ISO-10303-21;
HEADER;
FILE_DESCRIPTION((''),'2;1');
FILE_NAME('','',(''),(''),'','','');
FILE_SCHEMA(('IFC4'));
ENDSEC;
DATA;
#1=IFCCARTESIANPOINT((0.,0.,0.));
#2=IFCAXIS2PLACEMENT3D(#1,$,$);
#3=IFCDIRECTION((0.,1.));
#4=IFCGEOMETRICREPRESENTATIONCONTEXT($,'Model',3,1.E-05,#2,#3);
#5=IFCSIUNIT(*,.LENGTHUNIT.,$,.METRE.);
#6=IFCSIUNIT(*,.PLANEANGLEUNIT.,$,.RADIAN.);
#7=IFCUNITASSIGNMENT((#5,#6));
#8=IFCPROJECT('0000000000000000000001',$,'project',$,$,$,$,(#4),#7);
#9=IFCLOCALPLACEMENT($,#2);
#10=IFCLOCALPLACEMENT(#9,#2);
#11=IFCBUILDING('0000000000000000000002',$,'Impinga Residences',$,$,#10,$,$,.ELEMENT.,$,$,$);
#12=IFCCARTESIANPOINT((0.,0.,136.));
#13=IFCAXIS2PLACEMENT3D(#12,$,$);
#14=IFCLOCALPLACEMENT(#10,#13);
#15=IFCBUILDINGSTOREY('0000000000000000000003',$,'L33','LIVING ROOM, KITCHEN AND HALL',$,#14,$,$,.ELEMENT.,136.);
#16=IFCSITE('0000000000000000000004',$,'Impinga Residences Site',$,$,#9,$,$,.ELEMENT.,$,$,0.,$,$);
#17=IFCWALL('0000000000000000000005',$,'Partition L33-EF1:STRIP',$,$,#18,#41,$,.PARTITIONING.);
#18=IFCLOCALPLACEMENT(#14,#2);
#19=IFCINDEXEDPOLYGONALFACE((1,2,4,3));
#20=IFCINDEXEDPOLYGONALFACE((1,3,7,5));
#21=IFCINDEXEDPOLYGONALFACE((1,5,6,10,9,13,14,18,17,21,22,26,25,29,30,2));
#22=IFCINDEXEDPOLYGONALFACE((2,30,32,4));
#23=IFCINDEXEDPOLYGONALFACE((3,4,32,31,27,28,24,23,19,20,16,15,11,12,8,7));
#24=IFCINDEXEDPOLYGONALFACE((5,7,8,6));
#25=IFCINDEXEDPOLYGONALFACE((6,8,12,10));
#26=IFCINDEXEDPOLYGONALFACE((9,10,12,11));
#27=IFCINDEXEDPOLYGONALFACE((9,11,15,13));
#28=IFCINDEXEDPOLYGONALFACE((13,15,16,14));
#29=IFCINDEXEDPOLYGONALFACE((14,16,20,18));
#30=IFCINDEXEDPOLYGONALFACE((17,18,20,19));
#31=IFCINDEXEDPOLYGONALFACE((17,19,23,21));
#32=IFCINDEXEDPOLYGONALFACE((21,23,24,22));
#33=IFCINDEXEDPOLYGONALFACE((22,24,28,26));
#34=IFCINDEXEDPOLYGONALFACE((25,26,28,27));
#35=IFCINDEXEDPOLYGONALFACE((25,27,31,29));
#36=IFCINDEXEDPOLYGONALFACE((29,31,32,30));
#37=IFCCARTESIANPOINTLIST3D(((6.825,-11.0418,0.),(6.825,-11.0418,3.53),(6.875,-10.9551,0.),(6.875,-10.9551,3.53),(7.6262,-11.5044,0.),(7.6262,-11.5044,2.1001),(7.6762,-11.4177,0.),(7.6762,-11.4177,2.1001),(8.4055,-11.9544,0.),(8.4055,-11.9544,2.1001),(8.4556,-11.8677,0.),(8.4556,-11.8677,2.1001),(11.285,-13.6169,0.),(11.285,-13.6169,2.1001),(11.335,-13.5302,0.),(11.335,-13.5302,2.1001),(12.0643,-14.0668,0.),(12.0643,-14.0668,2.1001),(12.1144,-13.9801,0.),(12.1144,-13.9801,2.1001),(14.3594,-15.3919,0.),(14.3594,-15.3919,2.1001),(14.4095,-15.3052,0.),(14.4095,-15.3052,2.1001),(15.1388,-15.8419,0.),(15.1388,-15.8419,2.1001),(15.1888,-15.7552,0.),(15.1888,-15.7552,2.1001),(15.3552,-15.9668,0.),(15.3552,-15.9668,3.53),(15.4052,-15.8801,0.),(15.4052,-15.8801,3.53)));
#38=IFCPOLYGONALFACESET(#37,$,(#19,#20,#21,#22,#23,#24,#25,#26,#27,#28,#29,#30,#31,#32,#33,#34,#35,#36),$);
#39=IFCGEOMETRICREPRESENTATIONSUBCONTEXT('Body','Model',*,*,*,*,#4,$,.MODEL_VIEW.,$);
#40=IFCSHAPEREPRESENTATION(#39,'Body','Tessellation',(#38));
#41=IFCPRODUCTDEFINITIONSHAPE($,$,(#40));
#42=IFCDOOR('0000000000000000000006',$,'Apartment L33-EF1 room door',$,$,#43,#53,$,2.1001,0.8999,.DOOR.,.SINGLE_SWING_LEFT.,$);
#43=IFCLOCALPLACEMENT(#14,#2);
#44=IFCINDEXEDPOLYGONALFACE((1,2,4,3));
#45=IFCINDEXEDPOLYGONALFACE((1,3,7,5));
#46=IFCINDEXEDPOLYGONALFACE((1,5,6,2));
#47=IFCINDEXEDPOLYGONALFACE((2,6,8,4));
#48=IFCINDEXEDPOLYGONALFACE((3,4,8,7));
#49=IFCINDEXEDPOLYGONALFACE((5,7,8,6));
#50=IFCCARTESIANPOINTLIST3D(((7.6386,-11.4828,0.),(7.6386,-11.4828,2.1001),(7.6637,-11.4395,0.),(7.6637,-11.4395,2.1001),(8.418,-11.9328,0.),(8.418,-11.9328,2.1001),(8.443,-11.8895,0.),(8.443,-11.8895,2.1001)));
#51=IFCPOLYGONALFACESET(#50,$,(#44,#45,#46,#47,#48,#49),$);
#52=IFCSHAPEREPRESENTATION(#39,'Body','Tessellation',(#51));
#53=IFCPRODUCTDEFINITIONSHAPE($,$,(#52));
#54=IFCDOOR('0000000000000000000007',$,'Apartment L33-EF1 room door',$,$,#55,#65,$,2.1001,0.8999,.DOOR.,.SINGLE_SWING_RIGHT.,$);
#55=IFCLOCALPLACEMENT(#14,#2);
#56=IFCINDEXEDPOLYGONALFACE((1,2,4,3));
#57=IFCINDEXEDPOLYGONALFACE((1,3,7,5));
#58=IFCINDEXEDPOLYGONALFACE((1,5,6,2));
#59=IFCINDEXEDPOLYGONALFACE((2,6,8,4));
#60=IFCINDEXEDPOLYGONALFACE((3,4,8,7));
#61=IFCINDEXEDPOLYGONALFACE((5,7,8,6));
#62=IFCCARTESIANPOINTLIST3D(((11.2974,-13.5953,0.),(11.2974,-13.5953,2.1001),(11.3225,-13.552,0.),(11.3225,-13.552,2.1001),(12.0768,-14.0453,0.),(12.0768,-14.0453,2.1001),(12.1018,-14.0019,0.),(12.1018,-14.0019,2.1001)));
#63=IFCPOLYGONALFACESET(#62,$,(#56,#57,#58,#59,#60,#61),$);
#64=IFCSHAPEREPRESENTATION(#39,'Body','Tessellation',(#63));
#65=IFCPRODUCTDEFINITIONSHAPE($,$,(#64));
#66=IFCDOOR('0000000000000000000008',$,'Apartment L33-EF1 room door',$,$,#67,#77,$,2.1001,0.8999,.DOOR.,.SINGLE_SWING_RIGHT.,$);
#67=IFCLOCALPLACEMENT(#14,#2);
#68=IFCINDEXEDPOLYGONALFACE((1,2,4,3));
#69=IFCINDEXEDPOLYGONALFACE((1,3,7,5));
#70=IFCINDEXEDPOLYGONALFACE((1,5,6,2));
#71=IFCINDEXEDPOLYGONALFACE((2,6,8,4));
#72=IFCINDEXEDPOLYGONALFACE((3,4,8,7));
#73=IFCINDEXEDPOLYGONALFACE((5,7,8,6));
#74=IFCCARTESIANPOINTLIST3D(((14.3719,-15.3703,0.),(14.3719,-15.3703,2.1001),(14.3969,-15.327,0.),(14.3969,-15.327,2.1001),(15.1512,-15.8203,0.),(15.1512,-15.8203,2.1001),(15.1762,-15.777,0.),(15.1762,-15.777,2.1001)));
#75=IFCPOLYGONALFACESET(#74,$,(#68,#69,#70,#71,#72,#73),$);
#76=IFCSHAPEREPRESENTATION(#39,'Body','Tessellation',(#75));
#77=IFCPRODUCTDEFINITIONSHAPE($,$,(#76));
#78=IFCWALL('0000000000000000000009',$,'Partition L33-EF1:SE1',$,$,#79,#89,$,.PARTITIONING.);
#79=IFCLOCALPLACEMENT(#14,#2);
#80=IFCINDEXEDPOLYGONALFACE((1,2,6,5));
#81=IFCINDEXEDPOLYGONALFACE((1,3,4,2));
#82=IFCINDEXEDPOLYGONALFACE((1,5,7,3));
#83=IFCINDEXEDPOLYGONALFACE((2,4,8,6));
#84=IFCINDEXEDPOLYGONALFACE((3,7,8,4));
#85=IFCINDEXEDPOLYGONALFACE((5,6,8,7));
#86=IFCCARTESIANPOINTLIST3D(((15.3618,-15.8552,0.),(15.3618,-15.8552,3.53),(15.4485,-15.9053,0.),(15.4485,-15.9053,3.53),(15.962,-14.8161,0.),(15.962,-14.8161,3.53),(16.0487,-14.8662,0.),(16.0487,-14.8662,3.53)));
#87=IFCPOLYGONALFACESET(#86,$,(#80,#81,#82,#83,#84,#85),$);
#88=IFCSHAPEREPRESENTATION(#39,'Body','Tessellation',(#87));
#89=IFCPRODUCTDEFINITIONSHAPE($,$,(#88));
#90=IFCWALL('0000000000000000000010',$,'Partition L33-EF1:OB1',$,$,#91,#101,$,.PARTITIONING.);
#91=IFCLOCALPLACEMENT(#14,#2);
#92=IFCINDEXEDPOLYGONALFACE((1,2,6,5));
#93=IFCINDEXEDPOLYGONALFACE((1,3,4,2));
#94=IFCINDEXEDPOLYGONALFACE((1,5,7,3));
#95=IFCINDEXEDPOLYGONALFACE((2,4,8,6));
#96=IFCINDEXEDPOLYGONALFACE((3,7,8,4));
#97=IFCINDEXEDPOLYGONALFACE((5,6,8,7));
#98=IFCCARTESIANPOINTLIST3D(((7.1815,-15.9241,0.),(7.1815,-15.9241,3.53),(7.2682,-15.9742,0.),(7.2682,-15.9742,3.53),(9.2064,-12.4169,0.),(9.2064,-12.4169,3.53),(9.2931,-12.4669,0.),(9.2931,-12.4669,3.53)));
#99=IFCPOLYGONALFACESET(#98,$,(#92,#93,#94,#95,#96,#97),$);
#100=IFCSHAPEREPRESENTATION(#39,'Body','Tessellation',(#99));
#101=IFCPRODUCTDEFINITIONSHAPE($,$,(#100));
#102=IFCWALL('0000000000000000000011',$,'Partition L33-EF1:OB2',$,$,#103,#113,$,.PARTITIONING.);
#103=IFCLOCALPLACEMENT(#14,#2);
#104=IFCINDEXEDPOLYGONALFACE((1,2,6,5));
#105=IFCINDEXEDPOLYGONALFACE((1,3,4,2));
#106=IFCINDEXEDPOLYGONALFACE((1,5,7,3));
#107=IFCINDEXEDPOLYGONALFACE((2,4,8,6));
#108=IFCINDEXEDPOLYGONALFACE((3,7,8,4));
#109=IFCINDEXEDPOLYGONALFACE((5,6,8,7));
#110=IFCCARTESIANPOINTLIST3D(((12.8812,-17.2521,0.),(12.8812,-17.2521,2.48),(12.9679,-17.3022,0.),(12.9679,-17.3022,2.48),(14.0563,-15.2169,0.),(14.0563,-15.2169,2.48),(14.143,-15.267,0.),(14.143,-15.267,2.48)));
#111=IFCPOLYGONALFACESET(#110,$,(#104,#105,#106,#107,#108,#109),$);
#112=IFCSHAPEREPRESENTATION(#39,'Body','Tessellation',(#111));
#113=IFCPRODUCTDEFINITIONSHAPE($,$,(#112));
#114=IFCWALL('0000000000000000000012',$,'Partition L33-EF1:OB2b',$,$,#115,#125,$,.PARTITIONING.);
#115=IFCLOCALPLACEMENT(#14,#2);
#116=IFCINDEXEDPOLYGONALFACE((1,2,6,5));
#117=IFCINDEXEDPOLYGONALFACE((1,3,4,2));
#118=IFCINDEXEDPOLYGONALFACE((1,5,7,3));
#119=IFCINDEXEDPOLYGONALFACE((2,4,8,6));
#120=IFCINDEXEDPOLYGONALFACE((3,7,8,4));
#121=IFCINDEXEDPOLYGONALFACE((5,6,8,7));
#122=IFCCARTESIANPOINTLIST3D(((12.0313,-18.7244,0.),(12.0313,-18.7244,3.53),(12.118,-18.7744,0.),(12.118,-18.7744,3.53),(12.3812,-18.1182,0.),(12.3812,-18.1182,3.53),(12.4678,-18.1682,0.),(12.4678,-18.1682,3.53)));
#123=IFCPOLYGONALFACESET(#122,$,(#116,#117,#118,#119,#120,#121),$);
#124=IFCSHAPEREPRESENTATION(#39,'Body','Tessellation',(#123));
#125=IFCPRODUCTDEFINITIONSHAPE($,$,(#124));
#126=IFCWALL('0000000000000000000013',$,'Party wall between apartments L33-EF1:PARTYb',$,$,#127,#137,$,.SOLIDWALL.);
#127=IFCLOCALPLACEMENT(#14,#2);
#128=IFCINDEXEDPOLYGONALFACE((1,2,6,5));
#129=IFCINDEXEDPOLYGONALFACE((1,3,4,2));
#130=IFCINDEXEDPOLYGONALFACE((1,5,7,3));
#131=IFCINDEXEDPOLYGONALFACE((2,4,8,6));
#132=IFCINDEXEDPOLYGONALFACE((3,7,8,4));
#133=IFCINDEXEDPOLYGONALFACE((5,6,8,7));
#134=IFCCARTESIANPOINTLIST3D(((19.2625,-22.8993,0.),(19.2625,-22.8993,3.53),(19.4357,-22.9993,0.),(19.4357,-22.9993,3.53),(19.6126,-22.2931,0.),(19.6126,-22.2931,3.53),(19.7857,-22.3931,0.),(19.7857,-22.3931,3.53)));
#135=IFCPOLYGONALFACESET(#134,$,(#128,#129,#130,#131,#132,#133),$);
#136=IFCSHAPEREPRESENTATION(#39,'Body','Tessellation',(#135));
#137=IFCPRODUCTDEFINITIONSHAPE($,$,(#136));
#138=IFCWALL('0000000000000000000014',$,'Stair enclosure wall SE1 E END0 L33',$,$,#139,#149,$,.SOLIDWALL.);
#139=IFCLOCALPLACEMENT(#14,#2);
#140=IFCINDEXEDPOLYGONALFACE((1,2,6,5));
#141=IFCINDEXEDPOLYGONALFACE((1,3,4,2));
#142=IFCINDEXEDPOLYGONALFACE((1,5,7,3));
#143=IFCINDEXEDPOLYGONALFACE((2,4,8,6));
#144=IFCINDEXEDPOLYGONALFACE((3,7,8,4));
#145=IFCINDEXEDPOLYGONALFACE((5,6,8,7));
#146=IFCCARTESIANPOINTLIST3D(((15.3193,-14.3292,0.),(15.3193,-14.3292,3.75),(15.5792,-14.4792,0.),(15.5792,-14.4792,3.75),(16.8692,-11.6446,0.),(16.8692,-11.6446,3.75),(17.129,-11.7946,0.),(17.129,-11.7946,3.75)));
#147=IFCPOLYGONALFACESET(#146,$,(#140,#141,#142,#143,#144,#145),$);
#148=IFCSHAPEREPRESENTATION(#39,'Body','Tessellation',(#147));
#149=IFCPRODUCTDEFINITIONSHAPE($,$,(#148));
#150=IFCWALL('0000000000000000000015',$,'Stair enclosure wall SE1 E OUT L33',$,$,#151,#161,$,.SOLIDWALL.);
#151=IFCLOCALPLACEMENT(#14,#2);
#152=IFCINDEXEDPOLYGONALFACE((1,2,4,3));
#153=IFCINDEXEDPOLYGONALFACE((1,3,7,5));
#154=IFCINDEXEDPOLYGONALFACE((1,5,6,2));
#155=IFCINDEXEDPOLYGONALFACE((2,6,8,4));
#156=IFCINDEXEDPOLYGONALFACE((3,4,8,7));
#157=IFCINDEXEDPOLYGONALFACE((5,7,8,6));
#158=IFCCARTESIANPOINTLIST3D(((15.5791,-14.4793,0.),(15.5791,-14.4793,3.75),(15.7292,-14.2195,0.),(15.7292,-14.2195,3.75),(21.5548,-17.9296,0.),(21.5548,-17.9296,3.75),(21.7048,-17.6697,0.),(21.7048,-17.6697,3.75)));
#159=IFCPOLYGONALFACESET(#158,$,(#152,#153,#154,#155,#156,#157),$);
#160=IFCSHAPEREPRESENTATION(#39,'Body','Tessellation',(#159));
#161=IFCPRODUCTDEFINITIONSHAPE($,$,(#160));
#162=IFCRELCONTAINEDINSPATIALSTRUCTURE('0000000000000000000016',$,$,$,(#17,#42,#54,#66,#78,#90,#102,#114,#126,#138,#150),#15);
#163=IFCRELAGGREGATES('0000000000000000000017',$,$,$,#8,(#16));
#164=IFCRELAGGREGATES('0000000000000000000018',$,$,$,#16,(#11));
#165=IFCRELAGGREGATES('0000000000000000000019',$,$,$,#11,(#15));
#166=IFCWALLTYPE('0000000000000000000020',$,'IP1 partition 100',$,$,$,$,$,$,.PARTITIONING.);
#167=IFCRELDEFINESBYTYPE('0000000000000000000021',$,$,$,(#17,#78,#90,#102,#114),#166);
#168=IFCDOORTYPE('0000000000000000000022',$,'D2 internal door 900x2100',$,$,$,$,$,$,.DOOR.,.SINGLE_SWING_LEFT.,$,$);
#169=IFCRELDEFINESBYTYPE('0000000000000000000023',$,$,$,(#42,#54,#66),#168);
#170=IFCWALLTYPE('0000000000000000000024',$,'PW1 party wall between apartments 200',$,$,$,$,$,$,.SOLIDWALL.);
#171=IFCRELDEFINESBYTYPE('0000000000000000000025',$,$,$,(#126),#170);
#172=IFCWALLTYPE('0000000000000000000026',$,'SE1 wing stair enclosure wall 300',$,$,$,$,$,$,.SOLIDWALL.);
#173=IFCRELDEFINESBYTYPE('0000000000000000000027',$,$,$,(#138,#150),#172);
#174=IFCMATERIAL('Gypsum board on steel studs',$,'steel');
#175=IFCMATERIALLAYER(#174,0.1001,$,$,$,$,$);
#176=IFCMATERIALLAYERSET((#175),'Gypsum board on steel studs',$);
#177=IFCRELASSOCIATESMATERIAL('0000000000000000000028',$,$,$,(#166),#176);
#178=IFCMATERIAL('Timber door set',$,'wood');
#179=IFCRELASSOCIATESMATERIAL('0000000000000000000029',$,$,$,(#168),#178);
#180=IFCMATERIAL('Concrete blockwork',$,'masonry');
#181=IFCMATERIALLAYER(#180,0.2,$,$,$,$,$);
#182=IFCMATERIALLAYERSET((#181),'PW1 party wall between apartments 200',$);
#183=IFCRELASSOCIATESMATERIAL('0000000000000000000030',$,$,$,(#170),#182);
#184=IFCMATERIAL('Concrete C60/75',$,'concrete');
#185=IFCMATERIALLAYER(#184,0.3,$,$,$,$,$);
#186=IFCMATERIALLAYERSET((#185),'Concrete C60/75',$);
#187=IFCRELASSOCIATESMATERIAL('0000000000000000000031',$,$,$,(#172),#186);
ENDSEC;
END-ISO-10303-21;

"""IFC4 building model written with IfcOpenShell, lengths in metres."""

from ifc_helpers import new_model, si_unit, direction, frame, frame_2d, origin, place, context, subcontext, project, spatial, rectangle, extrude, material, layer, layer_set, type_object, element, fill, save


model = new_model("IFC4")

# Units and contexts
model_context = context("Model", 3, precision=1e-05, world=origin(), true_north=direction((0.0, 1.0)))
body_context = subcontext(model_context, "Body", "Model", "MODEL_VIEW")
ifc_project = project(units=[si_unit("LENGTHUNIT", "METRE"), si_unit("PLANEANGLEUNIT", "RADIAN")], contexts=[model_context])

# Site, building, storey
site_placement = place(None, origin())
site = spatial("IfcSite", under=ifc_project, at=site_placement, Name="Impinga Residences Site", CompositionType="ELEMENT", RefElevation=0.0)
building_placement = place(site_placement, origin())
building = spatial("IfcBuilding", under=site, at=building_placement, Name="Impinga Residences", CompositionType="ELEMENT")
storey_placement = place(building_placement, frame((0.0, 0.0, 136.0)))
storey = spatial("IfcBuildingStorey", under=building, at=storey_placement, Name="L33", Description="LIVING ROOM, KITCHEN AND HALL", CompositionType="ELEMENT", Elevation=136.0)

# Shared definitions
ifc_material_1 = material(Name="Concrete C60/75", Category="concrete")

# Shared definitions
ifc_material_2 = material(Name="Gypsum board on steel studs", Category="steel")
ifc_layer_1 = layer(ifc_material_2, 0.1001)
ifc_layer_set_1 = layer_set([ifc_layer_1], Name="Gypsum board on steel studs")
wall_type_1 = type_object("IfcWallType", Name="IP1 partition 100", PredefinedType="PARTITIONING", material=ifc_layer_set_1)

# Wall, openings, doors
wall_1_placement = place(storey_placement, frame((6.8501, -10.9985, 0.0), z_axis=(0.0, 0.0, 1.0), x_axis=(0.866021, -0.500007, 0.0)))
wall_1 = element("IfcWall", 1, at=wall_1_placement, inside=storey, type_object=wall_type_1, Name="Partition L33-EF1:STRIP", PredefinedType="PARTITIONING", context=body_context, shape_type="SweptSolid", body=[
    extrude(rectangle(XDim=9.8499, YDim=0.1001, at=frame_2d((4.9248, 0.0))), origin(), (0.0, 0.0, 1.0), 3.53),
])
opening_1_placement = place(wall_1_placement, frame((0.925, 0.0, 0.0)))
opening_1 = element("IfcOpeningElement", 2, at=opening_1_placement, cuts=wall_1, PredefinedType="OPENING", context=body_context, shape_type="SweptSolid", body=[
    extrude(rectangle(XDim=0.8999, YDim=2.1001, at=frame_2d((0.45, 1.05))), frame((0.0, 0.0601, 0.0), z_axis=(0.0, -1.0, 0.0), x_axis=(1.0, 0.0, 0.0)), (0.0, 0.0, 1.0), 0.1201),
])
opening_2_placement = place(wall_1_placement, frame((5.1499, 0.0, 0.0)))
opening_2 = element("IfcOpeningElement", 3, at=opening_2_placement, cuts=wall_1, PredefinedType="OPENING", context=body_context, shape_type="SweptSolid", body=[
    extrude(rectangle(XDim=0.8999, YDim=2.1001, at=frame_2d((0.45, 1.05))), frame((0.0, 0.0601, 0.0), z_axis=(0.0, -1.0, 0.0), x_axis=(1.0, 0.0, 0.0)), (0.0, 0.0, 1.0), 0.1201),
])
opening_3_placement = place(wall_1_placement, frame((8.7, 0.0, 0.0)))
opening_3 = element("IfcOpeningElement", 4, at=opening_3_placement, cuts=wall_1, PredefinedType="OPENING", context=body_context, shape_type="SweptSolid", body=[
    extrude(rectangle(XDim=0.8999, YDim=2.1001, at=frame_2d((0.45, 1.05))), frame((0.0, 0.0601, 0.0), z_axis=(0.0, -1.0, 0.0), x_axis=(1.0, 0.0, 0.0)), (0.0, 0.0, 1.0), 0.1201),
])
ifc_material_3 = material(Name="Timber door set", Category="wood")
door_type = type_object("IfcDoorType", Name="D2 internal door 900x2100", OperationType="SINGLE_SWING_LEFT", PredefinedType="DOOR", material=ifc_material_3)
door_1_placement = place(opening_1_placement, origin())
door_1 = element("IfcDoor", 5, at=door_1_placement, inside=storey, type_object=door_type, Name="Apartment L33-EF1 room door", OperationType="SINGLE_SWING_LEFT", OverallHeight=2.1001, OverallWidth=0.8999, PredefinedType="DOOR", context=body_context, shape_type="SweptSolid", body=[
    extrude(rectangle(XDim=0.8999, YDim=2.1001, at=frame_2d((0.45, 1.05))), frame((0.0, 0.0249, 0.0), z_axis=(0.0, -1.0, 0.0), x_axis=(1.0, 0.0, 0.0)), (0.0, 0.0, 1.0), 0.05),
])
fill(opening_1, door_1)
door_2_placement = place(opening_2_placement, origin())
door_2 = element("IfcDoor", 6, at=door_2_placement, inside=storey, type_object=door_type, Name="Apartment L33-EF1 room door", OperationType="SINGLE_SWING_RIGHT", OverallHeight=2.1001, OverallWidth=0.8999, PredefinedType="DOOR", context=body_context, shape_type="SweptSolid", body=[
    extrude(rectangle(XDim=0.8999, YDim=2.1001, at=frame_2d((0.45, 1.05))), frame((0.0, 0.0249, 0.0), z_axis=(0.0, -1.0, 0.0), x_axis=(1.0, 0.0, 0.0)), (0.0, 0.0, 1.0), 0.05),
])
fill(opening_2, door_2)
door_3_placement = place(opening_3_placement, origin())
door_3 = element("IfcDoor", 7, at=door_3_placement, inside=storey, type_object=door_type, Name="Apartment L33-EF1 room door", OperationType="SINGLE_SWING_RIGHT", OverallHeight=2.1001, OverallWidth=0.8999, PredefinedType="DOOR", context=body_context, shape_type="SweptSolid", body=[
    extrude(rectangle(XDim=0.8999, YDim=2.1001, at=frame_2d((0.45, 1.05))), frame((0.0, 0.0249, 0.0), z_axis=(0.0, -1.0, 0.0), x_axis=(1.0, 0.0, 0.0)), (0.0, 0.0, 1.0), 0.05),
])
fill(opening_3, door_3)

# Walls
wall_2_placement = place(storey_placement, frame((16.0054, -14.8411, 0.0), z_axis=(0.0, 0.0, 1.0), x_axis=(-0.500122, -0.865955, 0.0)))
element("IfcWall", 8, at=wall_2_placement, inside=storey, type_object=wall_type_1, Name="Partition L33-EF1:SE1", PredefinedType="PARTITIONING", context=body_context, shape_type="SweptSolid", body=[
    extrude(rectangle(XDim=1.2, YDim=0.1001, at=frame_2d((0.6001, 0.0))), origin(), (0.0, 0.0, 1.0), 3.53),
])
wall_3_placement = place(storey_placement, frame((9.2498, -12.4419, 0.0), z_axis=(0.0, 0.0, 1.0), x_axis=(-0.49999, -0.866031, 0.0)))
element("IfcWall", 9, at=wall_3_placement, inside=storey, type_object=wall_type_1, Name="Partition L33-EF1:OB1", PredefinedType="PARTITIONING", context=body_context, shape_type="SweptSolid", body=[
    extrude(rectangle(XDim=4.0498, YDim=0.1001, at=frame_2d((2.0249, 0.0))), origin(), (0.0, 0.0, 1.0), 3.53),
])
wall_4_placement = place(storey_placement, frame((14.0996, -15.2419, 0.0), z_axis=(0.0, 0.0, 1.0), x_axis=(-0.500016, -0.866016, 0.0)))
element("IfcWall", 10, at=wall_4_placement, inside=storey, type_object=wall_type_1, Name="Partition L33-EF1:OB2", PredefinedType="PARTITIONING", context=body_context, shape_type="SweptSolid", body=[
    extrude(rectangle(XDim=2.3501, YDim=0.1001, at=frame_2d((1.175, 0.0))), origin(), (0.0, 0.0, 1.0), 2.48),
])
wall_5_placement = place(storey_placement, frame((12.4246, -18.1431, 0.0), z_axis=(0.0, 0.0, 1.0), x_axis=(-0.499853, -0.86611, 0.0)))
element("IfcWall", 11, at=wall_5_placement, inside=storey, type_object=wall_type_1, Name="Partition L33-EF1:OB2b", PredefinedType="PARTITIONING", context=body_context, shape_type="SweptSolid", body=[
    extrude(rectangle(XDim=0.7, YDim=0.1001, at=frame_2d((0.3501, 0.0))), origin(), (0.0, 0.0, 1.0), 3.53),
])
ifc_material_4 = material(Name="Concrete blockwork", Category="masonry")
ifc_layer_2 = layer(ifc_material_4, 0.2)
ifc_layer_set_2 = layer_set([ifc_layer_2], Name="PW1 party wall between apartments 200")
wall_type_2 = type_object("IfcWallType", Name="PW1 party wall between apartments 200", PredefinedType="SOLIDWALL", material=ifc_layer_set_2)
wall_6_placement = place(storey_placement, frame((19.6992, -22.343, 0.0), z_axis=(0.0, 0.0, 1.0), x_axis=(-0.500115, -0.865959, 0.0)))
element("IfcWall", 12, at=wall_6_placement, inside=storey, type_object=wall_type_2, Name="Party wall between apartments L33-EF1:PARTYb", PredefinedType="SOLIDWALL", context=body_context, shape_type="SweptSolid", body=[
    extrude(rectangle(XDim=0.7, YDim=0.2, at=frame_2d((0.3501, 0.0))), origin(), (0.0, 0.0, 1.0), 3.53),
])
ifc_layer_3 = layer(ifc_material_1, 0.3)
ifc_layer_set_3 = layer_set([ifc_layer_3], Name="Concrete C60/75")
wall_type_3 = type_object("IfcWallType", Name="SE1 wing stair enclosure wall 300", PredefinedType="SOLIDWALL", material=ifc_layer_set_3)
wall_7_placement = place(storey_placement, frame((16.999, -11.7197, 0.0), z_axis=(0.0, 0.0, 1.0), x_axis=(-0.499968, -0.866044, 0.0)))
element("IfcWall", 13, at=wall_7_placement, inside=storey, type_object=wall_type_3, Name="Stair enclosure wall SE1 E END0 L33", PredefinedType="SOLIDWALL", context=body_context, shape_type="SweptSolid", body=[
    extrude(rectangle(XDim=3.0999, YDim=0.3, at=frame_2d((1.5498, 0.0))), origin(), (0.0, 0.0, 1.0), 3.75),
])
wall_8_placement = place(storey_placement, frame((15.6541, -14.3494, 0.0), z_axis=(0.0, 0.0, 1.0), x_axis=(0.866014, -0.500021, 0.0)))
element("IfcWall", 14, at=wall_8_placement, inside=storey, type_object=wall_type_3, Name="Stair enclosure wall SE1 E OUT L33", PredefinedType="SOLIDWALL", context=body_context, shape_type="SweptSolid", body=[
    extrude(rectangle(XDim=6.9001, YDim=0.3, at=frame_2d((3.4502, 0.0))), origin(), (0.0, 0.0, 1.0), 3.75),
])

save(model, "model.ifc")
